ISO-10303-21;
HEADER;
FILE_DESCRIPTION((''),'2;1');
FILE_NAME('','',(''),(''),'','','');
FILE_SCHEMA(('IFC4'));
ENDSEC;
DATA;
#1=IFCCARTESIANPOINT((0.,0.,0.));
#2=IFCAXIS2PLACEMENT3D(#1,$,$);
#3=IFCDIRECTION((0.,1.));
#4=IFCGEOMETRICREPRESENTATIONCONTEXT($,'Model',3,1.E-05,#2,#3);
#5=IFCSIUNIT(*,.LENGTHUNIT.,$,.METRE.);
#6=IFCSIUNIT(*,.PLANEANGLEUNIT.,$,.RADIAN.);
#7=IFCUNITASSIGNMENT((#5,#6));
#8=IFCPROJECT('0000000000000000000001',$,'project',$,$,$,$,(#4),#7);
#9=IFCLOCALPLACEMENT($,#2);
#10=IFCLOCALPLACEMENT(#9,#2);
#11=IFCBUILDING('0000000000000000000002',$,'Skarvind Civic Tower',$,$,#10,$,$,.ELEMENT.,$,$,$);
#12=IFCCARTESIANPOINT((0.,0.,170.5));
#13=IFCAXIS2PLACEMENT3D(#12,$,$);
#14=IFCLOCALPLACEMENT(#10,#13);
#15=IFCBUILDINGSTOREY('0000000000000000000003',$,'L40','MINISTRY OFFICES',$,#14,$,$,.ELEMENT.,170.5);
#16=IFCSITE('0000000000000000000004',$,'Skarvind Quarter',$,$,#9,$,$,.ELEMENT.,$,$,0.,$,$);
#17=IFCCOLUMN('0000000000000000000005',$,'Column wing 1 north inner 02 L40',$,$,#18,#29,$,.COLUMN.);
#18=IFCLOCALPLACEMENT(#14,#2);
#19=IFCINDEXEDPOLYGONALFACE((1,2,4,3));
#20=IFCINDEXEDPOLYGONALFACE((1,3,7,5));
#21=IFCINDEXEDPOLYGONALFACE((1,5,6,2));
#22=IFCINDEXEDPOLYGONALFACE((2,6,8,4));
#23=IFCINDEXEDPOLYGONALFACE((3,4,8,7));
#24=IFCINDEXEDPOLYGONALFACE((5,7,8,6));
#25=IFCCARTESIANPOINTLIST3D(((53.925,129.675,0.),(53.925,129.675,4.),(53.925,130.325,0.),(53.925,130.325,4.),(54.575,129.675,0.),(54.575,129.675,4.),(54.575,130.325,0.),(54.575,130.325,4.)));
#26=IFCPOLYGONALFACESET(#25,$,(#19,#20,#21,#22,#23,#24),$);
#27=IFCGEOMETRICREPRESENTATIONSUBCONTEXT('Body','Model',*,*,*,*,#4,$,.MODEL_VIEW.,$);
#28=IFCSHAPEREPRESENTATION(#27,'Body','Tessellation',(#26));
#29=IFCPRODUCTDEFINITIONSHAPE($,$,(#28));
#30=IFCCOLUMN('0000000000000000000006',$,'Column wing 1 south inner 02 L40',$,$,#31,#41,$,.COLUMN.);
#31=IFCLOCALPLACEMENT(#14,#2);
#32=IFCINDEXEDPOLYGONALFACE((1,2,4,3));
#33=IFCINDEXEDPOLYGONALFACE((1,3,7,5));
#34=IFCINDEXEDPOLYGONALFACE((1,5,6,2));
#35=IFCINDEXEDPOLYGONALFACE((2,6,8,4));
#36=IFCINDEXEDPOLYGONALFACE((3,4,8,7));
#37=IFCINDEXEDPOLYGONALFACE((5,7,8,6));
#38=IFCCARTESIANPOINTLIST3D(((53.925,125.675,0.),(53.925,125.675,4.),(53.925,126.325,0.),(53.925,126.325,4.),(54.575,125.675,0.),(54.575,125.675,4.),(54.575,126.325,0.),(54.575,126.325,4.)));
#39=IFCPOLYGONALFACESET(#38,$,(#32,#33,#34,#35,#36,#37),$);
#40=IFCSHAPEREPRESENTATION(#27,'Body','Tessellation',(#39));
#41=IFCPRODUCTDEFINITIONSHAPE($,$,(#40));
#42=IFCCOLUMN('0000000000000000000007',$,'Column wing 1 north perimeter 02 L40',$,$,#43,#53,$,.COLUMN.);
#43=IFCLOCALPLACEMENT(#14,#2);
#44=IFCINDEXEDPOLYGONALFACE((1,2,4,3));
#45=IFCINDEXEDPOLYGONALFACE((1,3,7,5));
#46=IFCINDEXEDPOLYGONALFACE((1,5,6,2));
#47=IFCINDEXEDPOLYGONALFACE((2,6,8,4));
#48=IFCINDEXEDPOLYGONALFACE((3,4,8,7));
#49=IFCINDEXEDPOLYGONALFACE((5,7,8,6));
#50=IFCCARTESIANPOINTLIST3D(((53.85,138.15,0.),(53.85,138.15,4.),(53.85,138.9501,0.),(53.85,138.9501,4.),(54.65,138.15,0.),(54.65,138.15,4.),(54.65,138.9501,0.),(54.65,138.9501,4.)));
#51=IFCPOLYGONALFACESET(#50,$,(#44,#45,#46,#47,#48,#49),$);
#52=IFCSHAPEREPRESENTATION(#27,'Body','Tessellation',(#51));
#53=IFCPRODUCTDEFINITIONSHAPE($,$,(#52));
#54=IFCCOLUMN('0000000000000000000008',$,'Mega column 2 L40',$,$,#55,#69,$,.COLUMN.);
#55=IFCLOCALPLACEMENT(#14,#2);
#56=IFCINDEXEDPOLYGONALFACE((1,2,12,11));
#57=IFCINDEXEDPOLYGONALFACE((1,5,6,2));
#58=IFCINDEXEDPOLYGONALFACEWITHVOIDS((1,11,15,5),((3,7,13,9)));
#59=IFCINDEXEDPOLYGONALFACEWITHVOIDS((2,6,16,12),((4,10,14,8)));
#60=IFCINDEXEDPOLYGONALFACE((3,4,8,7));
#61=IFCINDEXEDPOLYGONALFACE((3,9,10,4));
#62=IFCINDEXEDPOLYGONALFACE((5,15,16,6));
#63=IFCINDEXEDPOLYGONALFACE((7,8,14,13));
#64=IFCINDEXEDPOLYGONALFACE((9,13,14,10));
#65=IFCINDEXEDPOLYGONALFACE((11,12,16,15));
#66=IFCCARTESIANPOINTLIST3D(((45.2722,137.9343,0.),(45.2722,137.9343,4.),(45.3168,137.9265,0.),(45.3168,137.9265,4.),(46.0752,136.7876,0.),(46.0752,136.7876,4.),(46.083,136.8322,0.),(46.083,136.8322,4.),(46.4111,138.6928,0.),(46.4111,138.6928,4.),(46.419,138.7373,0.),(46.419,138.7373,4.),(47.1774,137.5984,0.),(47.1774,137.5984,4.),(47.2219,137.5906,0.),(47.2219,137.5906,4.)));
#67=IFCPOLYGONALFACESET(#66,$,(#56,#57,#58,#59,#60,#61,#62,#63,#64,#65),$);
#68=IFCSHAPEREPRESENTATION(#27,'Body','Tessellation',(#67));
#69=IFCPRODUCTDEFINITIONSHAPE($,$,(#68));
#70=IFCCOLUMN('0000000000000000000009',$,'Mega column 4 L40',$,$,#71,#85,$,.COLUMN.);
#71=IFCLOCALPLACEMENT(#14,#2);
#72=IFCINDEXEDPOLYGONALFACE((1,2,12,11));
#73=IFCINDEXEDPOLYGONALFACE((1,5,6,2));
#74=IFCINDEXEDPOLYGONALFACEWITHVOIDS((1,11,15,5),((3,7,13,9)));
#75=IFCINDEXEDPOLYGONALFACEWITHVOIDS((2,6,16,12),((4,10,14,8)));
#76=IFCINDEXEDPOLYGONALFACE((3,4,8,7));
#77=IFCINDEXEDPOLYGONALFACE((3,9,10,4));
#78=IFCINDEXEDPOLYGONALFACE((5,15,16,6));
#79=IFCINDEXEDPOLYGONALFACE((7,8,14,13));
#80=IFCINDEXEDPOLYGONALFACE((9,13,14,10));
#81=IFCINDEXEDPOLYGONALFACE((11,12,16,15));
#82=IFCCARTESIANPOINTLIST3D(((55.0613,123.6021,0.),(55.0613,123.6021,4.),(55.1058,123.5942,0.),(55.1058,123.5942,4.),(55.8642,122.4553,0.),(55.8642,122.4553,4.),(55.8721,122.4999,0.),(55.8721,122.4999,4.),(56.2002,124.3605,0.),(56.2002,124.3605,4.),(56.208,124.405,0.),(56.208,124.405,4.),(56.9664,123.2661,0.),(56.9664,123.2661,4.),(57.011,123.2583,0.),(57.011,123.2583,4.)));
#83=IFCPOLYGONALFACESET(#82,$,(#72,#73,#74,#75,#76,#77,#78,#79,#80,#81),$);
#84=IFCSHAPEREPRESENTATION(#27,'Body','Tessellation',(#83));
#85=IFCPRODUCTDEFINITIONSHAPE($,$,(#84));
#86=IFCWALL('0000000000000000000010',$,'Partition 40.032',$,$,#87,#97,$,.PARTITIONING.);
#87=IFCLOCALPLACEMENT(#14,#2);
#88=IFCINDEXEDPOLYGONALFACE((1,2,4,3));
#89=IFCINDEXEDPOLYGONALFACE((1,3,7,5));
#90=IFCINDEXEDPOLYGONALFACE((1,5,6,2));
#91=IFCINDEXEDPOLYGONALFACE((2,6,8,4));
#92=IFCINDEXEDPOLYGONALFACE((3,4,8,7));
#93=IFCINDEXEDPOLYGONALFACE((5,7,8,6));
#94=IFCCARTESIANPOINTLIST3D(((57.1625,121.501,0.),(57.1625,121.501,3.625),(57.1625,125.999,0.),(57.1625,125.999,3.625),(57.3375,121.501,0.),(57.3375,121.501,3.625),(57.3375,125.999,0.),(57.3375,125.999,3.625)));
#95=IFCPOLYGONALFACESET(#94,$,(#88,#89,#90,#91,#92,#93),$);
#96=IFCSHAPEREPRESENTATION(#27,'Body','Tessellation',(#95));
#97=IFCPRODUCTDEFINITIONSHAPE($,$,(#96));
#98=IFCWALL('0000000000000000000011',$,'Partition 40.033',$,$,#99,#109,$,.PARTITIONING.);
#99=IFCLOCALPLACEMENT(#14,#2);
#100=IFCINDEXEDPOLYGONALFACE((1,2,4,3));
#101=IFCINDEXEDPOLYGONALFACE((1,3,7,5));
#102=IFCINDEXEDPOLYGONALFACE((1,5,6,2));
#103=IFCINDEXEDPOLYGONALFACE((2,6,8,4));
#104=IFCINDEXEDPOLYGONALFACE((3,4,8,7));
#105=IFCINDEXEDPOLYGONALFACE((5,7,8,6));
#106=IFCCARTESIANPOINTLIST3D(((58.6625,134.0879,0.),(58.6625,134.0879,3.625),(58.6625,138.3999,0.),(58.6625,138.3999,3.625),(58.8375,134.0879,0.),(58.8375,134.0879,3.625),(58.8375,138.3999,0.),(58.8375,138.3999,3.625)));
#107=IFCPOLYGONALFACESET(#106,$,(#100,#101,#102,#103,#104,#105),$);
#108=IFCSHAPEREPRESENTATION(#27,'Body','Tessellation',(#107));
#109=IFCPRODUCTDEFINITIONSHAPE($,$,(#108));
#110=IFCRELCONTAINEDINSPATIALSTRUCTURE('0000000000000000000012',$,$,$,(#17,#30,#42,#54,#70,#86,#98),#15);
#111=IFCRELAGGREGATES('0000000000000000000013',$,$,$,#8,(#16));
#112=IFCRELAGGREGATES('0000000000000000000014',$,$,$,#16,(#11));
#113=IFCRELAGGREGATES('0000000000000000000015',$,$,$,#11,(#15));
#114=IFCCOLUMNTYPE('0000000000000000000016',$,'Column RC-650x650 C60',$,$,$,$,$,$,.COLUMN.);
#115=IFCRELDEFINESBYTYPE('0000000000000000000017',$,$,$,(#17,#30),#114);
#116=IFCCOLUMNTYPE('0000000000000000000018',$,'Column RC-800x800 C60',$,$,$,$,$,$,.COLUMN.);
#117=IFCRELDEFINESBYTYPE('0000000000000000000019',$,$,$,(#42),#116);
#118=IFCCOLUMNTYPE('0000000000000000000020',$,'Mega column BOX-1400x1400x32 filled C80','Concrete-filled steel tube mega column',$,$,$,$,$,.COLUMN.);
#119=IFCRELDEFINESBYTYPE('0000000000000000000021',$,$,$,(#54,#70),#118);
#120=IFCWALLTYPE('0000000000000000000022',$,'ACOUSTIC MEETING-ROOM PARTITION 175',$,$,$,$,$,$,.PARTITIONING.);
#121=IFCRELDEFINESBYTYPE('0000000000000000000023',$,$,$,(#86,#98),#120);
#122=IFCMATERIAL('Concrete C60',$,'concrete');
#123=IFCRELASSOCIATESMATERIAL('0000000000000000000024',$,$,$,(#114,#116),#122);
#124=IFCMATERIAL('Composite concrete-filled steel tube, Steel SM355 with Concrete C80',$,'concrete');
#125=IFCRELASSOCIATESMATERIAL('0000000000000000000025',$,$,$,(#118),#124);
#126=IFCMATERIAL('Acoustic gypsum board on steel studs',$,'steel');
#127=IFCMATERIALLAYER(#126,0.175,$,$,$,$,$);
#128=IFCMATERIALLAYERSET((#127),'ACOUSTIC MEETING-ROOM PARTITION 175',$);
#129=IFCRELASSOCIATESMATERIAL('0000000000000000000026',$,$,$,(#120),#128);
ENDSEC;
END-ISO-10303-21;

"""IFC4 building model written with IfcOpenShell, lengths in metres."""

from ifc_helpers import new_model, si_unit, direction, frame, frame_2d, origin, origin_2d, place, context, subcontext, project, spatial, rectangle, hollow_rectangle, extrude, material, layer, layer_set, material_profile, profile_set, type_object, element, save


model = new_model("IFC4")

# Units and contexts
model_context = context("Model", 3, precision=1e-05, world=origin(), true_north=direction((0.0, 1.0)))
body_context = subcontext(model_context, "Body", "Model", "MODEL_VIEW")
ifc_project = project(units=[si_unit("LENGTHUNIT", "METRE"), si_unit("PLANEANGLEUNIT", "RADIAN")], contexts=[model_context])

# Site, building, storey
site_placement = place(None, origin())
site = spatial("IfcSite", under=ifc_project, at=site_placement, Name="Skarvind Quarter", CompositionType="ELEMENT", RefElevation=0.0)
building_placement = place(site_placement, origin())
building = spatial("IfcBuilding", under=site, at=building_placement, Name="Skarvind Civic Tower", CompositionType="ELEMENT")
storey_placement = place(building_placement, frame((0.0, 0.0, 170.5)))
storey = spatial("IfcBuildingStorey", under=building, at=storey_placement, Name="L40", Description="MINISTRY OFFICES", CompositionType="ELEMENT", Elevation=170.5)

# Columns
ifc_material_1 = material(Name="Concrete C60", Category="concrete")
ifc_material_profile_1 = material_profile(ifc_material_1, rectangle(XDim=0.6499, YDim=0.6499, at=origin_2d()), Name="RC-650x650")
ifc_profile_set_1 = profile_set([ifc_material_profile_1], Name="Concrete C60")
column_type_1 = type_object("IfcColumnType", Name="Column RC-650x650 C60", PredefinedType="COLUMN", material=ifc_profile_set_1)
for number, where, z_axis, x_axis, name in (
    (1, (54.25, 130.0, 0.0), (0.0, 0.0, 1.0), (1.0, 0.0, 0.0), "Column wing 1 north inner 02 L40"),
    (2, (54.25, 126.0, 0.0), (0.0, 0.0, 1.0), (1.0, 0.0, 0.0), "Column wing 1 south inner 02 L40"),
):
    element("IfcColumn", number, at=place(storey_placement, frame(where, z_axis=z_axis, x_axis=x_axis)), inside=storey, type_object=column_type_1, Name=name, PredefinedType="COLUMN", context=body_context, shape_type="SweptSolid", body=[
        extrude(rectangle(XDim=0.6499, YDim=0.6499, at=origin_2d()), origin(), (0.0, 0.0, 1.0), 4.0),
    ])
ifc_material_profile_2 = material_profile(ifc_material_1, rectangle(XDim=0.8, YDim=0.8, at=origin_2d()), Name="RC-800x800")
ifc_profile_set_2 = profile_set([ifc_material_profile_2], Name="Concrete C60")
column_type_2 = type_object("IfcColumnType", Name="Column RC-800x800 C60", PredefinedType="COLUMN", material=ifc_profile_set_2)
column_placement = place(storey_placement, frame((54.25, 138.55, 0.0), z_axis=(0.0, 0.0, 1.0), x_axis=(1.0, 0.0, 0.0)))
element("IfcColumn", 3, at=column_placement, inside=storey, type_object=column_type_2, Name="Column wing 1 north perimeter 02 L40", PredefinedType="COLUMN", context=body_context, shape_type="SweptSolid", body=[
    extrude(rectangle(XDim=0.8, YDim=0.8, at=origin_2d()), origin(), (0.0, 0.0, 1.0), 4.0),
])
ifc_material_2 = material(Name="Composite concrete-filled steel tube, Steel SM355 with Concrete C80", Category="concrete")
ifc_material_profile_3 = material_profile(ifc_material_2, hollow_rectangle(XDim=1.3999, YDim=1.3999, WallThickness=0.032, at=origin_2d()), Name="BOX-1400x1400x32")
ifc_profile_set_3 = profile_set([ifc_material_profile_3], Name="Composite concrete-filled steel tube, Steel SM355 with Concrete C80")
column_type_3 = type_object("IfcColumnType", Name="Mega column BOX-1400x1400x32 filled C80", Description="Concrete-filled steel tube mega column", PredefinedType="COLUMN", material=ifc_profile_set_3)
for number, where, z_axis, x_axis, name in (
    (4, (46.2471, 137.7625, 0.0), (0.0, 0.0, 1.0), (0.573576, -0.819152, 0.0), "Mega column 2 L40"),
    (5, (56.0361, 123.4302, 0.0), (0.0, 0.0, 1.0), (0.573576, -0.819152, 0.0), "Mega column 4 L40"),
):
    element("IfcColumn", number, at=place(storey_placement, frame(where, z_axis=z_axis, x_axis=x_axis)), inside=storey, type_object=column_type_3, Name=name, PredefinedType="COLUMN", context=body_context, shape_type="SweptSolid", body=[
        extrude(hollow_rectangle(XDim=1.3999, YDim=1.3999, WallThickness=0.032, at=origin_2d()), origin(), (0.0, 0.0, 1.0), 4.0),
    ])

# Walls
ifc_material_3 = material(Name="Acoustic gypsum board on steel studs", Category="steel")
ifc_layer_1 = layer(ifc_material_3, 0.175)
ifc_layer_set_1 = layer_set([ifc_layer_1], Name="ACOUSTIC MEETING-ROOM PARTITION 175")
wall_type_1 = type_object("IfcWallType", Name="ACOUSTIC MEETING-ROOM PARTITION 175", PredefinedType="PARTITIONING", material=ifc_layer_set_1)
wall_1_placement = place(storey_placement, frame((57.25, 125.999, 0.0), z_axis=(0.0, 0.0, 1.0), x_axis=(0.0, -1.0, 0.0)))
element("IfcWall", 6, at=wall_1_placement, inside=storey, type_object=wall_type_1, Name="Partition 40.032", PredefinedType="PARTITIONING", context=body_context, shape_type="SweptSolid", body=[
    extrude(rectangle(XDim=4.498, YDim=0.175, at=frame_2d((2.249, 0.0))), origin(), (0.0, 0.0, 1.0), 3.625),
])
wall_2_placement = place(storey_placement, frame((58.75, 134.0879, 0.0), z_axis=(0.0, 0.0, 1.0), x_axis=(0.0, 1.0, 0.0)))
element("IfcWall", 7, at=wall_2_placement, inside=storey, type_object=wall_type_1, Name="Partition 40.033", PredefinedType="PARTITIONING", context=body_context, shape_type="SweptSolid", body=[
    extrude(rectangle(XDim=4.312, YDim=0.175, at=frame_2d((2.156, 0.0))), origin(), (0.0, 0.0, 1.0), 3.625),
])

save(model, "model.ifc")
